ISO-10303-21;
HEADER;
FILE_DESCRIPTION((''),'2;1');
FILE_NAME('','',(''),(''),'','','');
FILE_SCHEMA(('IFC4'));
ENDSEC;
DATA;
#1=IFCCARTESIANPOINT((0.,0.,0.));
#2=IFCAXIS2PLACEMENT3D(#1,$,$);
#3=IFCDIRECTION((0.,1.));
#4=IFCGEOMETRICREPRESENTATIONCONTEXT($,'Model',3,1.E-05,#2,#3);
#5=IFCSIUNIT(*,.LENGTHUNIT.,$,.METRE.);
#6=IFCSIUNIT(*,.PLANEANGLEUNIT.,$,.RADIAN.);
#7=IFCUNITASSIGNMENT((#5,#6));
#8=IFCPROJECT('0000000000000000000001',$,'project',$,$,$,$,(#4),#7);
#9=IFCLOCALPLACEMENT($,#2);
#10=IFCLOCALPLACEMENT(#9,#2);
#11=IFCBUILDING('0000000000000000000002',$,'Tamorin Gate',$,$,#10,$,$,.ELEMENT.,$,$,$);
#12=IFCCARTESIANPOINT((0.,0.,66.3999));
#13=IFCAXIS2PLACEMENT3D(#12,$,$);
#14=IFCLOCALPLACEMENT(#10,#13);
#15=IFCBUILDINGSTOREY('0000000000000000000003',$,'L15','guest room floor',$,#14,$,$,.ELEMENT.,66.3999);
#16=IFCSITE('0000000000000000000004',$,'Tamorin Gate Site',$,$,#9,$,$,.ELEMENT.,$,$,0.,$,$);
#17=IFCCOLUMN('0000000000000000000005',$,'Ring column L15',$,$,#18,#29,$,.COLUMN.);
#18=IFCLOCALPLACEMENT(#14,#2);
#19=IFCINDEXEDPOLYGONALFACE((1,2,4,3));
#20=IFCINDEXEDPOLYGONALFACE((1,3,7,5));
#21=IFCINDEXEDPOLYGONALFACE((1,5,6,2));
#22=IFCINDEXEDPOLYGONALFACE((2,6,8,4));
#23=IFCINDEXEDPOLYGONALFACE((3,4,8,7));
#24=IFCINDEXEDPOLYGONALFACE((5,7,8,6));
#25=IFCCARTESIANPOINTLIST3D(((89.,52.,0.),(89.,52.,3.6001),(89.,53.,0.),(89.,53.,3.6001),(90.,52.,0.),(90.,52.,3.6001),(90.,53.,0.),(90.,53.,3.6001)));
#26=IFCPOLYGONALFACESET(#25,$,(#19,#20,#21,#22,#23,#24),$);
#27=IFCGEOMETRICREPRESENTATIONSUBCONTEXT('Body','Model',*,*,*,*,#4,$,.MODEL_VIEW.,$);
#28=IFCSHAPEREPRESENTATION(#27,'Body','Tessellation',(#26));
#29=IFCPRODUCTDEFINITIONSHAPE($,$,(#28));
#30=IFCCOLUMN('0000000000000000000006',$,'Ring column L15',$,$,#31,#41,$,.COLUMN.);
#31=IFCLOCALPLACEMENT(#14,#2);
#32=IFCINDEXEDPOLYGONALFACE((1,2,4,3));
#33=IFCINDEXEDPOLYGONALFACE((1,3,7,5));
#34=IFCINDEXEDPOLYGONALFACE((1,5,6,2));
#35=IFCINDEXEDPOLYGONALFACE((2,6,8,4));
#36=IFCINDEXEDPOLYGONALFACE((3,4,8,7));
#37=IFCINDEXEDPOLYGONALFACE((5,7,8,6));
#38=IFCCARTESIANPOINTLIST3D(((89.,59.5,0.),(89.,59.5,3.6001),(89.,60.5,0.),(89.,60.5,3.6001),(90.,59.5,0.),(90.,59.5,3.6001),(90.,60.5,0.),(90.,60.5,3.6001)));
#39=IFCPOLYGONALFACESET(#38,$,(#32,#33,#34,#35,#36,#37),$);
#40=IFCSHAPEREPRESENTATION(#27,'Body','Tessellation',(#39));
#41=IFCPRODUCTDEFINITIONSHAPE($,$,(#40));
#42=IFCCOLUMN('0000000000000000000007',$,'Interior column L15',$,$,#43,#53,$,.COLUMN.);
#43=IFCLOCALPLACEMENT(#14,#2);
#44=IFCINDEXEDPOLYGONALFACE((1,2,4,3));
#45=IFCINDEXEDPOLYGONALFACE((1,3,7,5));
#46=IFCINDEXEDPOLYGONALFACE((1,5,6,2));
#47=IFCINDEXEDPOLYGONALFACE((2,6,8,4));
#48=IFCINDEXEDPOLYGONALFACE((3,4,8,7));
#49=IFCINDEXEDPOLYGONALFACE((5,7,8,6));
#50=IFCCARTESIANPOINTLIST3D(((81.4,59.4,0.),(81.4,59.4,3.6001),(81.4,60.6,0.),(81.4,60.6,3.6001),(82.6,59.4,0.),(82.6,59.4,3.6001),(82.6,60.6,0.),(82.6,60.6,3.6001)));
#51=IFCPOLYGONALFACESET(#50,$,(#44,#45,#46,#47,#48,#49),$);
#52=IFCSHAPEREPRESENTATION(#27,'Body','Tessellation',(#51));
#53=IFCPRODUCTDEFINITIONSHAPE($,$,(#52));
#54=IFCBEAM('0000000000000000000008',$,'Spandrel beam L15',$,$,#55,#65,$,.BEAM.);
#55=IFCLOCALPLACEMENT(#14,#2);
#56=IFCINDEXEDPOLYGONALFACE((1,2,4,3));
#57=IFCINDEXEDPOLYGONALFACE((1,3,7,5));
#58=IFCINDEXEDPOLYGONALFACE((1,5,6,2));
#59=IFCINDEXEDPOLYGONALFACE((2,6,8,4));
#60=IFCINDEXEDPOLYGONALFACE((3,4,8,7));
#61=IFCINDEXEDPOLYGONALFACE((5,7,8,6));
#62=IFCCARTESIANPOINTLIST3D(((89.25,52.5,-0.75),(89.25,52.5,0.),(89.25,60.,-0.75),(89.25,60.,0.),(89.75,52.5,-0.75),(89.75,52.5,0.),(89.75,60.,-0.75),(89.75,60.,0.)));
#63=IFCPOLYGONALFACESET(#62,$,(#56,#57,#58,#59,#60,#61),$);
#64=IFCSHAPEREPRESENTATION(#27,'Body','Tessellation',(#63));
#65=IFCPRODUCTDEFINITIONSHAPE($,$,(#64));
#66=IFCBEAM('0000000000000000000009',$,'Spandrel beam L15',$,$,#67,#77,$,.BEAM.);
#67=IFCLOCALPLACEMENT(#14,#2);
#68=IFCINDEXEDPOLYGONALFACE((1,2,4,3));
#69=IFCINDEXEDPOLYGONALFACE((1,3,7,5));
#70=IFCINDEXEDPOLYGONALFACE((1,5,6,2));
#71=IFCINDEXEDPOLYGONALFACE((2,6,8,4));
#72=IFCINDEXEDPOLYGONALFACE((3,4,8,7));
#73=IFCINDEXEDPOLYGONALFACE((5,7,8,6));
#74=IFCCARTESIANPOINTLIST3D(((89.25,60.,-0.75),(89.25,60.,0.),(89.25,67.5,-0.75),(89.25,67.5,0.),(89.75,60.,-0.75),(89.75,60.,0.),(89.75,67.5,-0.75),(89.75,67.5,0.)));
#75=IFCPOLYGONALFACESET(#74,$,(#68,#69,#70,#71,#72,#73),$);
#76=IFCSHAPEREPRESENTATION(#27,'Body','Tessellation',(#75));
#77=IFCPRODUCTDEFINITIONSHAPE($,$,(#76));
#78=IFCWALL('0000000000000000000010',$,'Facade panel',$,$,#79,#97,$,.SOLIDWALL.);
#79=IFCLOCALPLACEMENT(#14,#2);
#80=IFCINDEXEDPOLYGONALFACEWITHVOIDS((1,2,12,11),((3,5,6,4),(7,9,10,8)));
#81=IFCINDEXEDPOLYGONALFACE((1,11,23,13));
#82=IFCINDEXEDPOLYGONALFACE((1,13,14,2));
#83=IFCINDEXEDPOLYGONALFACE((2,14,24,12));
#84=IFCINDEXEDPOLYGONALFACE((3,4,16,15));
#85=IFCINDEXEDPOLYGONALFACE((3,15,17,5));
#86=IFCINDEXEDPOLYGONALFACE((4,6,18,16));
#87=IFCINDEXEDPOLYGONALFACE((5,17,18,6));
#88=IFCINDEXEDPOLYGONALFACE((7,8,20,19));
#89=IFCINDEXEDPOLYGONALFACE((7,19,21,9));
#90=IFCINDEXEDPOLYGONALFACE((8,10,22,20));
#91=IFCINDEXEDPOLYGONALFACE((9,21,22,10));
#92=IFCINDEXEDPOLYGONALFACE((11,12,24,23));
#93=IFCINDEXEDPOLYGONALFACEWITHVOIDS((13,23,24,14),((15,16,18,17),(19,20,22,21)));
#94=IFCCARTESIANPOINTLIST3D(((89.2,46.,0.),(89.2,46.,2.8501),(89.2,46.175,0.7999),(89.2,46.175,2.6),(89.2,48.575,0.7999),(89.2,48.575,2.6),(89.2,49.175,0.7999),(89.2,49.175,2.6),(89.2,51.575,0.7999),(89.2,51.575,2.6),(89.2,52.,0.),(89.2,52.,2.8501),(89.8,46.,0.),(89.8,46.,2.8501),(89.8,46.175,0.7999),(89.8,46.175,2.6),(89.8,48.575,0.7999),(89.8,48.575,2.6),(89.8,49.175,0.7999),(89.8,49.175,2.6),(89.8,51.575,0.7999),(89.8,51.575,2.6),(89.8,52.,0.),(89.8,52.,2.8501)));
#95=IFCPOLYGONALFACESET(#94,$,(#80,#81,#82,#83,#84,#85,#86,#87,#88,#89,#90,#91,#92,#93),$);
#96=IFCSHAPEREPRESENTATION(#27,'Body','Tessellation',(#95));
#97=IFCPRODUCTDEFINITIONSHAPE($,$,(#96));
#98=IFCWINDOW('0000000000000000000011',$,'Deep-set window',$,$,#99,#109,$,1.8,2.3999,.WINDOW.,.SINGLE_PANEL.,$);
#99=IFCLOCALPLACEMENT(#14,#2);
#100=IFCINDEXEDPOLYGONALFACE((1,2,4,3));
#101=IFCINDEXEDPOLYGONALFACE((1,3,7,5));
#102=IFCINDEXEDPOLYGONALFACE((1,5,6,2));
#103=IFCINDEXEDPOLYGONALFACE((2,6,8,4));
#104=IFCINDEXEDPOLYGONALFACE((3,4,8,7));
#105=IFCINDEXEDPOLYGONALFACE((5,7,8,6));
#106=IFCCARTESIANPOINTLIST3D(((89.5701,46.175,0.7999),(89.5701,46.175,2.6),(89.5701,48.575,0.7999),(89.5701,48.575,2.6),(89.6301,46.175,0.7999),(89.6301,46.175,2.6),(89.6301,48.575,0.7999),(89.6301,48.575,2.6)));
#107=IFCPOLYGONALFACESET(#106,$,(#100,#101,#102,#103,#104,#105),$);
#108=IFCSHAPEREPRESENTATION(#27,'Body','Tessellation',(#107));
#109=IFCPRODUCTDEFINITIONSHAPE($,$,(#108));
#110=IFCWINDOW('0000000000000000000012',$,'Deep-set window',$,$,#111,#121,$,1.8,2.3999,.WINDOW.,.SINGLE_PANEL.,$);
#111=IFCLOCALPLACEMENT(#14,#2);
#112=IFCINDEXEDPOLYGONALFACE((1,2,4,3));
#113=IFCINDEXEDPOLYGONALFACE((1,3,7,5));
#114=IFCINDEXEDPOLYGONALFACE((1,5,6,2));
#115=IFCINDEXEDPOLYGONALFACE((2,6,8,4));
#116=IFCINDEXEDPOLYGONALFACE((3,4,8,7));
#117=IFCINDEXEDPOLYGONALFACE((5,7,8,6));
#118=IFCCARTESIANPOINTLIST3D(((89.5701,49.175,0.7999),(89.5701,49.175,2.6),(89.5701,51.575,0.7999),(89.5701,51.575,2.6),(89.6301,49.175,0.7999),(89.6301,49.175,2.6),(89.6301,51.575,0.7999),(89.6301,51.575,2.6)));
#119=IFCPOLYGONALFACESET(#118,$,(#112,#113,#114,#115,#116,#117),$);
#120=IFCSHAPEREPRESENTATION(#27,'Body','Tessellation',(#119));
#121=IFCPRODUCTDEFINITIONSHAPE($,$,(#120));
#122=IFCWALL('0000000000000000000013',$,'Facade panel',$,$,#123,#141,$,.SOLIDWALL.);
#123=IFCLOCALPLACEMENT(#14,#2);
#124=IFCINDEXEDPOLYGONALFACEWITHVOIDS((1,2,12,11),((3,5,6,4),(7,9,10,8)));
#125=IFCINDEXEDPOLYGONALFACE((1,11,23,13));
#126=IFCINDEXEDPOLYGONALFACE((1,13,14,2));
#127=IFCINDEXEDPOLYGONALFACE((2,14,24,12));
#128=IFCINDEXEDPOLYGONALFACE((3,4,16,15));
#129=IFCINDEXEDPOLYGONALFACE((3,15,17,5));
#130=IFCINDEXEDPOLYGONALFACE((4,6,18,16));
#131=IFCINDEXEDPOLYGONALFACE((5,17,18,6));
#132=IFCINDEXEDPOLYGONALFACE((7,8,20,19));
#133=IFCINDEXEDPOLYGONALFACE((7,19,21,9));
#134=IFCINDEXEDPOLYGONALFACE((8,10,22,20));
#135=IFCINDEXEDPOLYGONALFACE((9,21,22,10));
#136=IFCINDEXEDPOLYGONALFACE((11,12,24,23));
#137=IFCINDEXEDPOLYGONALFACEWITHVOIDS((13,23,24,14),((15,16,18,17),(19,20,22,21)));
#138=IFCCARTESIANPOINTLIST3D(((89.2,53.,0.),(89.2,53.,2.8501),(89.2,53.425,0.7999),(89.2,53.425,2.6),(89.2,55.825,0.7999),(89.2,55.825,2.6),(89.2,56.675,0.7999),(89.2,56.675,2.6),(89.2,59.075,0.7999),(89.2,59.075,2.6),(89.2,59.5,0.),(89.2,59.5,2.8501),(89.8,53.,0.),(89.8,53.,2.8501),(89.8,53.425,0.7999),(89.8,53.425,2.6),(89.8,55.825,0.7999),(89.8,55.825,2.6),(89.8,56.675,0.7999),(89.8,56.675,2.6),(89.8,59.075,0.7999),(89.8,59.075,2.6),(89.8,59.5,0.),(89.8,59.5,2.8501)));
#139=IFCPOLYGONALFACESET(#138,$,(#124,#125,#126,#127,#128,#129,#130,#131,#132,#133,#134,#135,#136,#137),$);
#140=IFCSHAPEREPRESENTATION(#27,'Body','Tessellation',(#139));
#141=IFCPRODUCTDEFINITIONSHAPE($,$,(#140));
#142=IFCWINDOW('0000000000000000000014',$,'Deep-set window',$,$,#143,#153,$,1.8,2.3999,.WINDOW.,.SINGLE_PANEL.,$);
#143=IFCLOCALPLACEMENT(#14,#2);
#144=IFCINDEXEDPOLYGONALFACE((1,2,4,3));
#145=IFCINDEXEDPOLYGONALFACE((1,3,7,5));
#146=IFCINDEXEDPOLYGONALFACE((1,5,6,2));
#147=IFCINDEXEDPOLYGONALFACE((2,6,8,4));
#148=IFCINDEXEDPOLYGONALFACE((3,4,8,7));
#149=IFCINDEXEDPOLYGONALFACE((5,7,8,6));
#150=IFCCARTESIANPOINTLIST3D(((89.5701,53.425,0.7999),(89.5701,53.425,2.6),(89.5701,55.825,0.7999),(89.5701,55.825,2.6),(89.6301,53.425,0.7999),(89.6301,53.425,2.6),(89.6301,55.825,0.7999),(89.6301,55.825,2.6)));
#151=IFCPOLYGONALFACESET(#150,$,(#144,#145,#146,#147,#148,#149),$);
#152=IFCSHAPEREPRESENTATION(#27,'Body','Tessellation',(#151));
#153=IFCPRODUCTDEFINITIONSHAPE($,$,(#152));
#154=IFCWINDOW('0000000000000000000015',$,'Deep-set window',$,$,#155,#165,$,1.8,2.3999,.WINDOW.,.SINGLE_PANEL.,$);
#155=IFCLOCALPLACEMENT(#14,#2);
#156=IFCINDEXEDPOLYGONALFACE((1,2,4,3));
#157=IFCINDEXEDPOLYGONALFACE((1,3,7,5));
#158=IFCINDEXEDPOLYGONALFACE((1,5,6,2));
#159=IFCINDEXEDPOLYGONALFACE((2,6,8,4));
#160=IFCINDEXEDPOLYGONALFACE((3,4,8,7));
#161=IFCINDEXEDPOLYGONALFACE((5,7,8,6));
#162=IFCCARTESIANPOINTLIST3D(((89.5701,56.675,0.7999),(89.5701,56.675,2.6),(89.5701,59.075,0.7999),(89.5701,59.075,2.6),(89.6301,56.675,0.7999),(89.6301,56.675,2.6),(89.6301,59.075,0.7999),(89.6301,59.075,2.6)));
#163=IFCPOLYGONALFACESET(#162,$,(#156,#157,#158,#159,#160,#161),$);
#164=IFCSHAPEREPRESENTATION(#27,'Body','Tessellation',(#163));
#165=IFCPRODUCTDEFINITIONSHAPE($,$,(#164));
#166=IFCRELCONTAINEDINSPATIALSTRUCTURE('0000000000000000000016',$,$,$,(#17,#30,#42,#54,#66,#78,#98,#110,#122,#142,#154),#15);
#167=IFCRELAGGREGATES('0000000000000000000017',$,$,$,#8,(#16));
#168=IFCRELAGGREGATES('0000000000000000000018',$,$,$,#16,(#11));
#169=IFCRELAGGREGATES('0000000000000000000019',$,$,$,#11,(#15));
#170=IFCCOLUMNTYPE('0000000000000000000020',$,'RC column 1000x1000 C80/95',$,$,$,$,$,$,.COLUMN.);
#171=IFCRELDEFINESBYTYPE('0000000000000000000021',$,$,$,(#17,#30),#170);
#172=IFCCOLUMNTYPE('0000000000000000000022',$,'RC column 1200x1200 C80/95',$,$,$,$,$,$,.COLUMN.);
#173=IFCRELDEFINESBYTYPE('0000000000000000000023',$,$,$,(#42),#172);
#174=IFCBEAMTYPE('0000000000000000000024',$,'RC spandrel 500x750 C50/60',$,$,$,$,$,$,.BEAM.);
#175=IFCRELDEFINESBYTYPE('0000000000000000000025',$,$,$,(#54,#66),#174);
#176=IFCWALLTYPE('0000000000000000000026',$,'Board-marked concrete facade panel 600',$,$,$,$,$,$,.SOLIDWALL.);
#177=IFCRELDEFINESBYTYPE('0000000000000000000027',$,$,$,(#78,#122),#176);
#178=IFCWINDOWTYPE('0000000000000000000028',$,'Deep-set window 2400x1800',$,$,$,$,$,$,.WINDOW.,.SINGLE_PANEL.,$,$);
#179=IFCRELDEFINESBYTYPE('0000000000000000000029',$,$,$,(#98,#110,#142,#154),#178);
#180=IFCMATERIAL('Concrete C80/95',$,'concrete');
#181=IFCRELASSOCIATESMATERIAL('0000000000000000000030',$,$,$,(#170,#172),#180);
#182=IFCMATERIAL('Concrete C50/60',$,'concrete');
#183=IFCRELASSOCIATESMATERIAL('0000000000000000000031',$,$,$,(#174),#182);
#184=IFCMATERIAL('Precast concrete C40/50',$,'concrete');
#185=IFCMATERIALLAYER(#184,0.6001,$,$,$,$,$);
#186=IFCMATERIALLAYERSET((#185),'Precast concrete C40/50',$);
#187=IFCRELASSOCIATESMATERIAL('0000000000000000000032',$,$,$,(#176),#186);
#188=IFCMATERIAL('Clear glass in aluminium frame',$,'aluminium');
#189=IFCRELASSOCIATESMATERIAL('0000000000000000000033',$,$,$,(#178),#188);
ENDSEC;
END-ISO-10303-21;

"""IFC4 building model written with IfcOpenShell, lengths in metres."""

from ifc_helpers import new_model, si_unit, direction, frame, frame_2d, origin, origin_2d, place, context, subcontext, project, spatial, rectangle, extrude, material, layer, layer_set, material_profile, profile_set, type_object, element, fill, save


model = new_model("IFC4")

# Units and contexts
model_context = context("Model", 3, precision=1e-05, world=origin(), true_north=direction((0.0, 1.0)))
body_context = subcontext(model_context, "Body", "Model", "MODEL_VIEW")
ifc_project = project(units=[si_unit("LENGTHUNIT", "METRE"), si_unit("PLANEANGLEUNIT", "RADIAN")], contexts=[model_context])

# Site, building, storey
site_placement = place(None, origin())
site = spatial("IfcSite", under=ifc_project, at=site_placement, Name="Tamorin Gate Site", CompositionType="ELEMENT", RefElevation=0.0)
building_placement = place(site_placement, origin())
building = spatial("IfcBuilding", under=site, at=building_placement, Name="Tamorin Gate", CompositionType="ELEMENT")
storey_placement = place(building_placement, frame((0.0, 0.0, 66.3999)))
storey = spatial("IfcBuildingStorey", under=building, at=storey_placement, Name="L15", Description="guest room floor", CompositionType="ELEMENT", Elevation=66.3999)

# Columns
ifc_material_1 = material(Name="Concrete C80/95", Category="concrete")
ifc_material_profile_1 = material_profile(ifc_material_1, rectangle(XDim=1.0, YDim=1.0, at=origin_2d()), Name="RC 1000x1000")
ifc_profile_set_1 = profile_set([ifc_material_profile_1], Name="Concrete C80/95")
column_type_1 = type_object("IfcColumnType", Name="RC column 1000x1000 C80/95", PredefinedType="COLUMN", material=ifc_profile_set_1)
for number, where, z_axis, x_axis, name in (
    (1, (89.5, 52.5, 0.0), (0.0, 0.0, 1.0), (1.0, 0.0, 0.0), "Ring column L15"),
    (2, (89.5, 60.0, 0.0), (0.0, 0.0, 1.0), (1.0, 0.0, 0.0), "Ring column L15"),
):
    element("IfcColumn", number, at=place(storey_placement, frame(where, z_axis=z_axis, x_axis=x_axis)), inside=storey, type_object=column_type_1, Name=name, PredefinedType="COLUMN", context=body_context, shape_type="SweptSolid", body=[
        extrude(rectangle(XDim=1.0, YDim=1.0, at=origin_2d()), origin(), (0.0, 0.0, 1.0), 3.6001),
    ])
ifc_material_profile_2 = material_profile(ifc_material_1, rectangle(XDim=1.2, YDim=1.2, at=origin_2d()), Name="RC 1200x1200")
ifc_profile_set_2 = profile_set([ifc_material_profile_2], Name="Concrete C80/95")
column_type_2 = type_object("IfcColumnType", Name="RC column 1200x1200 C80/95", PredefinedType="COLUMN", material=ifc_profile_set_2)
column_placement = place(storey_placement, frame((82.0, 60.0, 0.0), z_axis=(0.0, 0.0, 1.0), x_axis=(1.0, 0.0, 0.0)))
element("IfcColumn", 3, at=column_placement, inside=storey, type_object=column_type_2, Name="Interior column L15", PredefinedType="COLUMN", context=body_context, shape_type="SweptSolid", body=[
    extrude(rectangle(XDim=1.2, YDim=1.2, at=origin_2d()), origin(), (0.0, 0.0, 1.0), 3.6001),
])

# Beams
ifc_material_2 = material(Name="Concrete C50/60", Category="concrete")
ifc_material_profile_3 = material_profile(ifc_material_2, rectangle(XDim=0.5, YDim=0.75, at=origin_2d()), Name="RC 500x750")
ifc_profile_set_3 = profile_set([ifc_material_profile_3], Name="Concrete C50/60")
beam_type = type_object("IfcBeamType", Name="RC spandrel 500x750 C50/60", PredefinedType="BEAM", material=ifc_profile_set_3)
for number, where, z_axis, x_axis, name in (
    (4, (89.5, 52.5, -0.375), (0.0, 1.0, 0.0), (-1.0, 0.0, 0.0), "Spandrel beam L15"),
    (5, (89.5, 60.0, -0.375), (0.0, 1.0, 0.0), (-1.0, 0.0, 0.0), "Spandrel beam L15"),
):
    element("IfcBeam", number, at=place(storey_placement, frame(where, z_axis=z_axis, x_axis=x_axis)), inside=storey, type_object=beam_type, Name=name, PredefinedType="BEAM", context=body_context, shape_type="SweptSolid", body=[
        extrude(rectangle(XDim=0.5, YDim=0.75, at=origin_2d()), origin(), (0.0, 0.0, 1.0), 7.5),
    ])

# Walls, openings, windows
ifc_material_3 = material(Name="Precast concrete C40/50", Category="concrete")
ifc_layer_1 = layer(ifc_material_3, 0.6001)
ifc_layer_set_1 = layer_set([ifc_layer_1], Name="Precast concrete C40/50")
wall_type_1 = type_object("IfcWallType", Name="Board-marked concrete facade panel 600", PredefinedType="SOLIDWALL", material=ifc_layer_set_1)
wall_1_placement = place(storey_placement, frame((89.5, 46.0, 0.0), z_axis=(0.0, 0.0, 1.0), x_axis=(0.0, 1.0, 0.0)))
wall_1 = element("IfcWall", 6, at=wall_1_placement, inside=storey, type_object=wall_type_1, Name="Facade panel", PredefinedType="SOLIDWALL", context=body_context, shape_type="SweptSolid", body=[
    extrude(rectangle(XDim=6.0, YDim=0.6001, at=frame_2d((3.0, 0.0))), origin(), (0.0, 0.0, 1.0), 2.8501),
])
opening_1_placement = place(wall_1_placement, frame((0.175, 0.0, 0.8)))
opening_1 = element("IfcOpeningElement", 7, at=opening_1_placement, cuts=wall_1, PredefinedType="OPENING", context=body_context, shape_type="SweptSolid", body=[
    extrude(rectangle(XDim=2.3999, YDim=1.8, at=frame_2d((1.2, 0.8999))), frame((0.0, 0.3101, 0.0), z_axis=(0.0, -1.0, 0.0), x_axis=(1.0, 0.0, 0.0)), (0.0, 0.0, 1.0), 0.6201),
])
opening_2_placement = place(wall_1_placement, frame((3.175, 0.0, 0.8)))
opening_2 = element("IfcOpeningElement", 8, at=opening_2_placement, cuts=wall_1, PredefinedType="OPENING", context=body_context, shape_type="SweptSolid", body=[
    extrude(rectangle(XDim=2.3999, YDim=1.8, at=frame_2d((1.2, 0.8999))), frame((0.0, 0.3101, 0.0), z_axis=(0.0, -1.0, 0.0), x_axis=(1.0, 0.0, 0.0)), (0.0, 0.0, 1.0), 0.6201),
])
ifc_material_4 = material(Name="Clear glass in aluminium frame", Category="aluminium")
window_type = type_object("IfcWindowType", Name="Deep-set window 2400x1800", PartitioningType="SINGLE_PANEL", PredefinedType="WINDOW", material=ifc_material_4)
window_1_placement = place(opening_1_placement, origin())
window_1 = element("IfcWindow", 9, at=window_1_placement, inside=storey, type_object=window_type, Name="Deep-set window", OverallHeight=1.8, OverallWidth=2.3999, PartitioningType="SINGLE_PANEL", PredefinedType="WINDOW", context=body_context, shape_type="SweptSolid", body=[
    extrude(rectangle(XDim=2.3999, YDim=1.8, at=frame_2d((1.2, 0.8999))), frame((0.0, -0.0701, 0.0), z_axis=(0.0, -1.0, 0.0), x_axis=(1.0, 0.0, 0.0)), (0.0, 0.0, 1.0), 0.0601),
])
fill(opening_1, window_1)
window_2_placement = place(opening_2_placement, origin())
window_2 = element("IfcWindow", 10, at=window_2_placement, inside=storey, type_object=window_type, Name="Deep-set window", OverallHeight=1.8, OverallWidth=2.3999, PartitioningType="SINGLE_PANEL", PredefinedType="WINDOW", context=body_context, shape_type="SweptSolid", body=[
    extrude(rectangle(XDim=2.3999, YDim=1.8, at=frame_2d((1.2, 0.8999))), frame((0.0, -0.0701, 0.0), z_axis=(0.0, -1.0, 0.0), x_axis=(1.0, 0.0, 0.0)), (0.0, 0.0, 1.0), 0.0601),
])
fill(opening_2, window_2)
wall_2_placement = place(storey_placement, frame((89.5, 53.0, 0.0), z_axis=(0.0, 0.0, 1.0), x_axis=(0.0, 1.0, 0.0)))
wall_2 = element("IfcWall", 11, at=wall_2_placement, inside=storey, type_object=wall_type_1, Name="Facade panel", PredefinedType="SOLIDWALL", context=body_context, shape_type="SweptSolid", body=[
    extrude(rectangle(XDim=6.5, YDim=0.6001, at=frame_2d((3.25, 0.0))), origin(), (0.0, 0.0, 1.0), 2.8501),
])
opening_3_placement = place(wall_2_placement, frame((0.425, 0.0, 0.8)))
opening_3 = element("IfcOpeningElement", 12, at=opening_3_placement, cuts=wall_2, PredefinedType="OPENING", context=body_context, shape_type="SweptSolid", body=[
    extrude(rectangle(XDim=2.3999, YDim=1.8, at=frame_2d((1.2, 0.8999))), frame((0.0, 0.3101, 0.0), z_axis=(0.0, -1.0, 0.0), x_axis=(1.0, 0.0, 0.0)), (0.0, 0.0, 1.0), 0.6201),
])
opening_4_placement = place(wall_2_placement, frame((3.675, 0.0, 0.8)))
opening_4 = element("IfcOpeningElement", 13, at=opening_4_placement, cuts=wall_2, PredefinedType="OPENING", context=body_context, shape_type="SweptSolid", body=[
    extrude(rectangle(XDim=2.3999, YDim=1.8, at=frame_2d((1.2, 0.8999))), frame((0.0, 0.3101, 0.0), z_axis=(0.0, -1.0, 0.0), x_axis=(1.0, 0.0, 0.0)), (0.0, 0.0, 1.0), 0.6201),
])
window_3_placement = place(opening_3_placement, origin())
window_3 = element("IfcWindow", 14, at=window_3_placement, inside=storey, type_object=window_type, Name="Deep-set window", OverallHeight=1.8, OverallWidth=2.3999, PartitioningType="SINGLE_PANEL", PredefinedType="WINDOW", context=body_context, shape_type="SweptSolid", body=[
    extrude(rectangle(XDim=2.3999, YDim=1.8, at=frame_2d((1.2, 0.8999))), frame((0.0, -0.0701, 0.0), z_axis=(0.0, -1.0, 0.0), x_axis=(1.0, 0.0, 0.0)), (0.0, 0.0, 1.0), 0.0601),
])
fill(opening_3, window_3)
window_4_placement = place(opening_4_placement, origin())
window_4 = element("IfcWindow", 15, at=window_4_placement, inside=storey, type_object=window_type, Name="Deep-set window", OverallHeight=1.8, OverallWidth=2.3999, PartitioningType="SINGLE_PANEL", PredefinedType="WINDOW", context=body_context, shape_type="SweptSolid", body=[
    extrude(rectangle(XDim=2.3999, YDim=1.8, at=frame_2d((1.2, 0.8999))), frame((0.0, -0.0701, 0.0), z_axis=(0.0, -1.0, 0.0), x_axis=(1.0, 0.0, 0.0)), (0.0, 0.0, 1.0), 0.0601),
])
fill(opening_4, window_4)

save(model, "model.ifc")
